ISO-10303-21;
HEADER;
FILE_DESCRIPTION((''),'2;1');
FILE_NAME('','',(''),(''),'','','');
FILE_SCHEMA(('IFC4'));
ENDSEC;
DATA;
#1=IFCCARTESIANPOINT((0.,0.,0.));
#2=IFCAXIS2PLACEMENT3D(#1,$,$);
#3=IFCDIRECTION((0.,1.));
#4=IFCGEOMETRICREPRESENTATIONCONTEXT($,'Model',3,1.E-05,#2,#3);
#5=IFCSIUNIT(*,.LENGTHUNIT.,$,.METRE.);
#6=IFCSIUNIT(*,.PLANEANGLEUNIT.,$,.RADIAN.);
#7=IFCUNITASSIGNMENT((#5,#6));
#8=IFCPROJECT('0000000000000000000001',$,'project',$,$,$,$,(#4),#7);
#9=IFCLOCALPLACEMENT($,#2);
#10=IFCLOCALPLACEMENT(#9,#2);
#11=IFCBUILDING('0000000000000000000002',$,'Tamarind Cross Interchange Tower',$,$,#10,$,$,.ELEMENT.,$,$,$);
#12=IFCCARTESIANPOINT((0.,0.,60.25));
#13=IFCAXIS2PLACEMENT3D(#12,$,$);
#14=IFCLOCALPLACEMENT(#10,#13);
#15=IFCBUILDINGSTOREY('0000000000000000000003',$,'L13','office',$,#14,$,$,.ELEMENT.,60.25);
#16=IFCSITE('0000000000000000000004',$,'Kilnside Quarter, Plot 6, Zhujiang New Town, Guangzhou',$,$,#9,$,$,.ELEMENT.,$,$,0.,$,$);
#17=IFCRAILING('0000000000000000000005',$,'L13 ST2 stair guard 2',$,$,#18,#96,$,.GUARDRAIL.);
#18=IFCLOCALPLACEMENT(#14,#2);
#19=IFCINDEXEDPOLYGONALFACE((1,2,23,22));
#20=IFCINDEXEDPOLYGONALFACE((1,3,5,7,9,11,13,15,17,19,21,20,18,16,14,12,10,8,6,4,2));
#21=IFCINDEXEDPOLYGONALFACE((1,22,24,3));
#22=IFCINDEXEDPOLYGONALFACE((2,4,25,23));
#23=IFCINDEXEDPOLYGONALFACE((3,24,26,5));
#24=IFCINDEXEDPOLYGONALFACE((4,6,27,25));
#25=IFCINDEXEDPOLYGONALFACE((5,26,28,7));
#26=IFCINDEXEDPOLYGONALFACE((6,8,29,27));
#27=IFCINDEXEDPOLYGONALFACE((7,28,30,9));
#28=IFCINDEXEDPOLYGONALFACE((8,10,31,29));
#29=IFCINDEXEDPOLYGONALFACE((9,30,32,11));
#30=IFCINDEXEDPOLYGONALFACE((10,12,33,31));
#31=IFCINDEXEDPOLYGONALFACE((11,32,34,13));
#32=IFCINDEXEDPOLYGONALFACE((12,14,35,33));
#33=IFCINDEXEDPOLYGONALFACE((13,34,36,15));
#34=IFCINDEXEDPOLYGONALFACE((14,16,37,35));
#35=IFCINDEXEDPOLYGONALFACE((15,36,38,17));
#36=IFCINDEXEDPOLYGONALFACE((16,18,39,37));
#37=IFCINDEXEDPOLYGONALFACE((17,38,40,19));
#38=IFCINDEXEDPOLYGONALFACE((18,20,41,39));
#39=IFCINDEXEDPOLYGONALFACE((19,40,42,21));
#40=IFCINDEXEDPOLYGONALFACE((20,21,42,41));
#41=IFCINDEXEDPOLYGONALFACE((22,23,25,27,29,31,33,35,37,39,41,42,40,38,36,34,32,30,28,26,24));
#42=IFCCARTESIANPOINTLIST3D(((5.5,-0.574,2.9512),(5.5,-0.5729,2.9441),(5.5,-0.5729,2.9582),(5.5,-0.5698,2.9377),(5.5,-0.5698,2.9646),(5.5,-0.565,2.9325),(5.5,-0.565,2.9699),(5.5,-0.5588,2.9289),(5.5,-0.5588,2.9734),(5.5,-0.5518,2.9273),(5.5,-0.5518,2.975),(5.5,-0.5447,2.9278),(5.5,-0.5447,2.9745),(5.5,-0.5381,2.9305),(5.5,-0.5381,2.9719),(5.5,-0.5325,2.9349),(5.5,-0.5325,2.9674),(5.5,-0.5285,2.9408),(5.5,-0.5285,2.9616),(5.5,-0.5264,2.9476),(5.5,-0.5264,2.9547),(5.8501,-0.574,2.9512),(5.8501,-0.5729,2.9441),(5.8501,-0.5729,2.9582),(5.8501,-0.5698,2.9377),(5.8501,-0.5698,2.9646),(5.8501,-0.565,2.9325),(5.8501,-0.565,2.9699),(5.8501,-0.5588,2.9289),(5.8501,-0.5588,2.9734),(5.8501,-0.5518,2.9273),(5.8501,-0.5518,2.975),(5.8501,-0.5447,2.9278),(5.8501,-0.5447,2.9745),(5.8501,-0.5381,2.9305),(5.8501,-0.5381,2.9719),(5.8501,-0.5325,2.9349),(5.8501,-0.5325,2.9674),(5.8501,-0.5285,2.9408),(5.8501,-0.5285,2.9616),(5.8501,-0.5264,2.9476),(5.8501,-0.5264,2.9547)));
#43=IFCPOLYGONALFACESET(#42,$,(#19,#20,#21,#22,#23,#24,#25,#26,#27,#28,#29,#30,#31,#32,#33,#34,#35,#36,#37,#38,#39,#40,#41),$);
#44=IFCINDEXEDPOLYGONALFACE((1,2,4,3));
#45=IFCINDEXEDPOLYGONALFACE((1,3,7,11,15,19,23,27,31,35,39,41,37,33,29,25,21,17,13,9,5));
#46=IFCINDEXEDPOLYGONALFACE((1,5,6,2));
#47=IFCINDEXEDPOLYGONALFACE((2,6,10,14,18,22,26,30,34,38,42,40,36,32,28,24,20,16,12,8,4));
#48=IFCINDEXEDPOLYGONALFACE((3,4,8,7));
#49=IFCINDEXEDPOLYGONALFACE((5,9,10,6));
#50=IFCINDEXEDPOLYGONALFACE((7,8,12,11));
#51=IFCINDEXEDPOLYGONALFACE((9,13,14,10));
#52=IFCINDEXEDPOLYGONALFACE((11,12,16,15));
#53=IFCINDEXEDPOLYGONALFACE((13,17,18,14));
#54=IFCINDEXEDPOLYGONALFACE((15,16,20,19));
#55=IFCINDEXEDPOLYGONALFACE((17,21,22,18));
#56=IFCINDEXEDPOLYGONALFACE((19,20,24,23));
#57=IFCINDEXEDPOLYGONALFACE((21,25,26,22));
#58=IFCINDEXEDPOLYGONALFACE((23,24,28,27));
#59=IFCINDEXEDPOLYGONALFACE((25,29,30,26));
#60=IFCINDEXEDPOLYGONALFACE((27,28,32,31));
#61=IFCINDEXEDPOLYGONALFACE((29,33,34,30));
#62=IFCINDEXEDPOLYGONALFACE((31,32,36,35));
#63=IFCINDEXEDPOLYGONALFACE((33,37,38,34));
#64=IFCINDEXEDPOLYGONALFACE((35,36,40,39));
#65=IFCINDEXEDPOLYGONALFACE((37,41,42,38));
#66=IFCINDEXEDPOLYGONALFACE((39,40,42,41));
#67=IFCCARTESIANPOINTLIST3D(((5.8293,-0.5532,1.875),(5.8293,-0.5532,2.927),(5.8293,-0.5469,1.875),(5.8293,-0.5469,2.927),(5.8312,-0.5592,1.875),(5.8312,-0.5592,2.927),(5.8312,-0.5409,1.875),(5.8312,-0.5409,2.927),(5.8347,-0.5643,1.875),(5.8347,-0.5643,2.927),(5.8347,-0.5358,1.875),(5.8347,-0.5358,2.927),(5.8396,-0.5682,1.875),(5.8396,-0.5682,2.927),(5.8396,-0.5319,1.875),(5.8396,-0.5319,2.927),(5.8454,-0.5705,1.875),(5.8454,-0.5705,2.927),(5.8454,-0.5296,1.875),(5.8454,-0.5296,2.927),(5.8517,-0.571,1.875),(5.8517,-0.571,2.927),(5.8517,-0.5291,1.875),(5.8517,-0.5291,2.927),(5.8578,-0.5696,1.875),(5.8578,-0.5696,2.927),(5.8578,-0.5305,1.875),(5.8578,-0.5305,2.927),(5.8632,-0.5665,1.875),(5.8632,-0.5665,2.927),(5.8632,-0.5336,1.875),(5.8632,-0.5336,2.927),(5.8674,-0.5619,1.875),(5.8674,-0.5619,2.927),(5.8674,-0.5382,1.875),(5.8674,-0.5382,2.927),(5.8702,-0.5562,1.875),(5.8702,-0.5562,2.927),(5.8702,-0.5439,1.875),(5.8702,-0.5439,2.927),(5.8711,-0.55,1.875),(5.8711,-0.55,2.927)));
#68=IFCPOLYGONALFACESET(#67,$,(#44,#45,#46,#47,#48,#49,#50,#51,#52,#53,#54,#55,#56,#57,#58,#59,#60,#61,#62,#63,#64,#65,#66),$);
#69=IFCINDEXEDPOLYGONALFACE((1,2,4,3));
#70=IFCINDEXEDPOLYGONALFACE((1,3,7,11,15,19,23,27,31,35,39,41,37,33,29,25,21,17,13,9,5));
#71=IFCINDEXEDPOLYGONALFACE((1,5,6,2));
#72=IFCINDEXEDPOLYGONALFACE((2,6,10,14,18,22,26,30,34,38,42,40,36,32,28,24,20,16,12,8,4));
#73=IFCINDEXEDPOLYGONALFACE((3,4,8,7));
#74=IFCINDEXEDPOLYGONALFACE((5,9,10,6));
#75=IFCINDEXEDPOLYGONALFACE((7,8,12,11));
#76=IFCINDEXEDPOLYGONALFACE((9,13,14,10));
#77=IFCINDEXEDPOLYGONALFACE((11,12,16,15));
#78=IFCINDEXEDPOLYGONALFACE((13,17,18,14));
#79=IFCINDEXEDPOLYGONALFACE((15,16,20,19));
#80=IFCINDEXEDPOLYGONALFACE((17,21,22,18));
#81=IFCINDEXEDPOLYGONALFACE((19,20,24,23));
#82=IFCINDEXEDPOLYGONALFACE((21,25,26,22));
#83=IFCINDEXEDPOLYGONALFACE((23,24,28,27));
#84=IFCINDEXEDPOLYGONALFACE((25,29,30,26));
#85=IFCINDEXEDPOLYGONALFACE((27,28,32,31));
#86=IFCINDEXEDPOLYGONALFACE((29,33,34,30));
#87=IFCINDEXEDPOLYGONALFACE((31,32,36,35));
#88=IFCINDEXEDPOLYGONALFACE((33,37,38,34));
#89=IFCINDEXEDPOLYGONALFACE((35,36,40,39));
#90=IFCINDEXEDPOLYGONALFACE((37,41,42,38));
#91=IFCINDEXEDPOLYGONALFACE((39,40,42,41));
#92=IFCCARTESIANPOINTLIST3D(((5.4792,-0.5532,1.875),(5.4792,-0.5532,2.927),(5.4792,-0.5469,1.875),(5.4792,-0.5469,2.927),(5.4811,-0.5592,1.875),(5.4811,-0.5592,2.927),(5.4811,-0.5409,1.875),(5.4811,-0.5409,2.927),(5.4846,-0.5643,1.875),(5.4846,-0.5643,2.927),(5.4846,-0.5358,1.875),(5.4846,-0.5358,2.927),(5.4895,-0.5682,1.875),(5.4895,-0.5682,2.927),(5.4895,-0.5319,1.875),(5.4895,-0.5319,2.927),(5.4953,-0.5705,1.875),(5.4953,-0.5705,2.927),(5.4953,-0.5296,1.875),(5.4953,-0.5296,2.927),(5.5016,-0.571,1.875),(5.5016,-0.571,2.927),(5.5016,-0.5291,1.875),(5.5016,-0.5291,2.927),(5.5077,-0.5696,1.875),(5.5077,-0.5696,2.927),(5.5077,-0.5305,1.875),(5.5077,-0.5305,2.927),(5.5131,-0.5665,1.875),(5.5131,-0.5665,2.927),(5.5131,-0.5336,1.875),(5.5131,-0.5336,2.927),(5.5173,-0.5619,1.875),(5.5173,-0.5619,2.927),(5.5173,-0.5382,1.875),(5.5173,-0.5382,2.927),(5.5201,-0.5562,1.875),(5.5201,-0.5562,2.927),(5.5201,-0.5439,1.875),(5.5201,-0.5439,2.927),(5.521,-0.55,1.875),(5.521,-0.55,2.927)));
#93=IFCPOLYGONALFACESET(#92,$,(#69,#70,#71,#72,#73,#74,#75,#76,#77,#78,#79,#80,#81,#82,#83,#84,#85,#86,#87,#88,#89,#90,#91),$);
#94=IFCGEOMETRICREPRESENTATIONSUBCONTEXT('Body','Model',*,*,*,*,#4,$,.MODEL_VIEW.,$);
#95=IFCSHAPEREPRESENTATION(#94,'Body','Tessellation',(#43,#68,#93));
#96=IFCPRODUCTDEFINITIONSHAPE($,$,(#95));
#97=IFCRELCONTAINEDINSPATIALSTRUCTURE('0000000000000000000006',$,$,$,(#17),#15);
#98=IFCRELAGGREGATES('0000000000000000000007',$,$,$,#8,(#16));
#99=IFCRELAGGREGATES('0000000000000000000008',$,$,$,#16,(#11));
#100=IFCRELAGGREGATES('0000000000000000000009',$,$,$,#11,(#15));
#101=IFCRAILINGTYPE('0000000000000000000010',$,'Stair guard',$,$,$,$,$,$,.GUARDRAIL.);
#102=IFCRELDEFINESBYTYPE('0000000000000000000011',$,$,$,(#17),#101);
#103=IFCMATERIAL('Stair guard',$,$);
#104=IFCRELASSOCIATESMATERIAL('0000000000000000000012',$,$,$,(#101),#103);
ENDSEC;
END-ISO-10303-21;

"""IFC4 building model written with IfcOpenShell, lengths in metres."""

from ifc_helpers import new_model, si_unit, direction, frame, origin, origin_2d, place, context, subcontext, project, spatial, circle, extrude, material, type_object, element, save


model = new_model("IFC4")

# Units and contexts
model_context = context("Model", 3, precision=1e-05, world=origin(), true_north=direction((0.0, 1.0)))
body_context = subcontext(model_context, "Body", "Model", "MODEL_VIEW")
ifc_project = project(units=[si_unit("LENGTHUNIT", "METRE"), si_unit("PLANEANGLEUNIT", "RADIAN")], contexts=[model_context])

# Site, building, storey
site_placement = place(None, origin())
site = spatial("IfcSite", under=ifc_project, at=site_placement, Name="Kilnside Quarter, Plot 6, Zhujiang New Town, Guangzhou", CompositionType="ELEMENT", RefElevation=0.0)
building_placement = place(site_placement, origin())
building = spatial("IfcBuilding", under=site, at=building_placement, Name="Tamarind Cross Interchange Tower", CompositionType="ELEMENT")
storey_placement = place(building_placement, frame((0.0, 0.0, 60.25)))
storey = spatial("IfcBuildingStorey", under=building, at=storey_placement, Name="L13", Description="office", CompositionType="ELEMENT", Elevation=60.25)

# Railing
ifc_material_1 = material(Name="Stair guard")
railing_type_1 = type_object("IfcRailingType", Name="Stair guard", PredefinedType="GUARDRAIL", material=ifc_material_1)
railing_1_placement = place(storey_placement, frame((5.8501, -0.55, 1.875)))
element("IfcRailing", 1, at=railing_1_placement, inside=storey, type_object=railing_type_1, Name="L13 ST2 stair guard 2", PredefinedType="GUARDRAIL", context=body_context, shape_type="SweptSolid", body=[
    extrude(circle(Radius=0.0239, at=origin_2d()), frame((0.0, 0.0, 1.0762), z_axis=(-1.0, 0.0, 0.0), x_axis=(0.0, -1.0, 0.0)), (0.0, 0.0, 1.0), 0.3501),
    extrude(circle(Radius=0.021, at=origin_2d()), origin(), (0.0, 0.0, 1.0), 1.052),
    extrude(circle(Radius=0.021, at=origin_2d()), frame((-0.3501, 0.0, 0.0)), (0.0, 0.0, 1.0), 1.052),
])

save(model, "model.ifc")
